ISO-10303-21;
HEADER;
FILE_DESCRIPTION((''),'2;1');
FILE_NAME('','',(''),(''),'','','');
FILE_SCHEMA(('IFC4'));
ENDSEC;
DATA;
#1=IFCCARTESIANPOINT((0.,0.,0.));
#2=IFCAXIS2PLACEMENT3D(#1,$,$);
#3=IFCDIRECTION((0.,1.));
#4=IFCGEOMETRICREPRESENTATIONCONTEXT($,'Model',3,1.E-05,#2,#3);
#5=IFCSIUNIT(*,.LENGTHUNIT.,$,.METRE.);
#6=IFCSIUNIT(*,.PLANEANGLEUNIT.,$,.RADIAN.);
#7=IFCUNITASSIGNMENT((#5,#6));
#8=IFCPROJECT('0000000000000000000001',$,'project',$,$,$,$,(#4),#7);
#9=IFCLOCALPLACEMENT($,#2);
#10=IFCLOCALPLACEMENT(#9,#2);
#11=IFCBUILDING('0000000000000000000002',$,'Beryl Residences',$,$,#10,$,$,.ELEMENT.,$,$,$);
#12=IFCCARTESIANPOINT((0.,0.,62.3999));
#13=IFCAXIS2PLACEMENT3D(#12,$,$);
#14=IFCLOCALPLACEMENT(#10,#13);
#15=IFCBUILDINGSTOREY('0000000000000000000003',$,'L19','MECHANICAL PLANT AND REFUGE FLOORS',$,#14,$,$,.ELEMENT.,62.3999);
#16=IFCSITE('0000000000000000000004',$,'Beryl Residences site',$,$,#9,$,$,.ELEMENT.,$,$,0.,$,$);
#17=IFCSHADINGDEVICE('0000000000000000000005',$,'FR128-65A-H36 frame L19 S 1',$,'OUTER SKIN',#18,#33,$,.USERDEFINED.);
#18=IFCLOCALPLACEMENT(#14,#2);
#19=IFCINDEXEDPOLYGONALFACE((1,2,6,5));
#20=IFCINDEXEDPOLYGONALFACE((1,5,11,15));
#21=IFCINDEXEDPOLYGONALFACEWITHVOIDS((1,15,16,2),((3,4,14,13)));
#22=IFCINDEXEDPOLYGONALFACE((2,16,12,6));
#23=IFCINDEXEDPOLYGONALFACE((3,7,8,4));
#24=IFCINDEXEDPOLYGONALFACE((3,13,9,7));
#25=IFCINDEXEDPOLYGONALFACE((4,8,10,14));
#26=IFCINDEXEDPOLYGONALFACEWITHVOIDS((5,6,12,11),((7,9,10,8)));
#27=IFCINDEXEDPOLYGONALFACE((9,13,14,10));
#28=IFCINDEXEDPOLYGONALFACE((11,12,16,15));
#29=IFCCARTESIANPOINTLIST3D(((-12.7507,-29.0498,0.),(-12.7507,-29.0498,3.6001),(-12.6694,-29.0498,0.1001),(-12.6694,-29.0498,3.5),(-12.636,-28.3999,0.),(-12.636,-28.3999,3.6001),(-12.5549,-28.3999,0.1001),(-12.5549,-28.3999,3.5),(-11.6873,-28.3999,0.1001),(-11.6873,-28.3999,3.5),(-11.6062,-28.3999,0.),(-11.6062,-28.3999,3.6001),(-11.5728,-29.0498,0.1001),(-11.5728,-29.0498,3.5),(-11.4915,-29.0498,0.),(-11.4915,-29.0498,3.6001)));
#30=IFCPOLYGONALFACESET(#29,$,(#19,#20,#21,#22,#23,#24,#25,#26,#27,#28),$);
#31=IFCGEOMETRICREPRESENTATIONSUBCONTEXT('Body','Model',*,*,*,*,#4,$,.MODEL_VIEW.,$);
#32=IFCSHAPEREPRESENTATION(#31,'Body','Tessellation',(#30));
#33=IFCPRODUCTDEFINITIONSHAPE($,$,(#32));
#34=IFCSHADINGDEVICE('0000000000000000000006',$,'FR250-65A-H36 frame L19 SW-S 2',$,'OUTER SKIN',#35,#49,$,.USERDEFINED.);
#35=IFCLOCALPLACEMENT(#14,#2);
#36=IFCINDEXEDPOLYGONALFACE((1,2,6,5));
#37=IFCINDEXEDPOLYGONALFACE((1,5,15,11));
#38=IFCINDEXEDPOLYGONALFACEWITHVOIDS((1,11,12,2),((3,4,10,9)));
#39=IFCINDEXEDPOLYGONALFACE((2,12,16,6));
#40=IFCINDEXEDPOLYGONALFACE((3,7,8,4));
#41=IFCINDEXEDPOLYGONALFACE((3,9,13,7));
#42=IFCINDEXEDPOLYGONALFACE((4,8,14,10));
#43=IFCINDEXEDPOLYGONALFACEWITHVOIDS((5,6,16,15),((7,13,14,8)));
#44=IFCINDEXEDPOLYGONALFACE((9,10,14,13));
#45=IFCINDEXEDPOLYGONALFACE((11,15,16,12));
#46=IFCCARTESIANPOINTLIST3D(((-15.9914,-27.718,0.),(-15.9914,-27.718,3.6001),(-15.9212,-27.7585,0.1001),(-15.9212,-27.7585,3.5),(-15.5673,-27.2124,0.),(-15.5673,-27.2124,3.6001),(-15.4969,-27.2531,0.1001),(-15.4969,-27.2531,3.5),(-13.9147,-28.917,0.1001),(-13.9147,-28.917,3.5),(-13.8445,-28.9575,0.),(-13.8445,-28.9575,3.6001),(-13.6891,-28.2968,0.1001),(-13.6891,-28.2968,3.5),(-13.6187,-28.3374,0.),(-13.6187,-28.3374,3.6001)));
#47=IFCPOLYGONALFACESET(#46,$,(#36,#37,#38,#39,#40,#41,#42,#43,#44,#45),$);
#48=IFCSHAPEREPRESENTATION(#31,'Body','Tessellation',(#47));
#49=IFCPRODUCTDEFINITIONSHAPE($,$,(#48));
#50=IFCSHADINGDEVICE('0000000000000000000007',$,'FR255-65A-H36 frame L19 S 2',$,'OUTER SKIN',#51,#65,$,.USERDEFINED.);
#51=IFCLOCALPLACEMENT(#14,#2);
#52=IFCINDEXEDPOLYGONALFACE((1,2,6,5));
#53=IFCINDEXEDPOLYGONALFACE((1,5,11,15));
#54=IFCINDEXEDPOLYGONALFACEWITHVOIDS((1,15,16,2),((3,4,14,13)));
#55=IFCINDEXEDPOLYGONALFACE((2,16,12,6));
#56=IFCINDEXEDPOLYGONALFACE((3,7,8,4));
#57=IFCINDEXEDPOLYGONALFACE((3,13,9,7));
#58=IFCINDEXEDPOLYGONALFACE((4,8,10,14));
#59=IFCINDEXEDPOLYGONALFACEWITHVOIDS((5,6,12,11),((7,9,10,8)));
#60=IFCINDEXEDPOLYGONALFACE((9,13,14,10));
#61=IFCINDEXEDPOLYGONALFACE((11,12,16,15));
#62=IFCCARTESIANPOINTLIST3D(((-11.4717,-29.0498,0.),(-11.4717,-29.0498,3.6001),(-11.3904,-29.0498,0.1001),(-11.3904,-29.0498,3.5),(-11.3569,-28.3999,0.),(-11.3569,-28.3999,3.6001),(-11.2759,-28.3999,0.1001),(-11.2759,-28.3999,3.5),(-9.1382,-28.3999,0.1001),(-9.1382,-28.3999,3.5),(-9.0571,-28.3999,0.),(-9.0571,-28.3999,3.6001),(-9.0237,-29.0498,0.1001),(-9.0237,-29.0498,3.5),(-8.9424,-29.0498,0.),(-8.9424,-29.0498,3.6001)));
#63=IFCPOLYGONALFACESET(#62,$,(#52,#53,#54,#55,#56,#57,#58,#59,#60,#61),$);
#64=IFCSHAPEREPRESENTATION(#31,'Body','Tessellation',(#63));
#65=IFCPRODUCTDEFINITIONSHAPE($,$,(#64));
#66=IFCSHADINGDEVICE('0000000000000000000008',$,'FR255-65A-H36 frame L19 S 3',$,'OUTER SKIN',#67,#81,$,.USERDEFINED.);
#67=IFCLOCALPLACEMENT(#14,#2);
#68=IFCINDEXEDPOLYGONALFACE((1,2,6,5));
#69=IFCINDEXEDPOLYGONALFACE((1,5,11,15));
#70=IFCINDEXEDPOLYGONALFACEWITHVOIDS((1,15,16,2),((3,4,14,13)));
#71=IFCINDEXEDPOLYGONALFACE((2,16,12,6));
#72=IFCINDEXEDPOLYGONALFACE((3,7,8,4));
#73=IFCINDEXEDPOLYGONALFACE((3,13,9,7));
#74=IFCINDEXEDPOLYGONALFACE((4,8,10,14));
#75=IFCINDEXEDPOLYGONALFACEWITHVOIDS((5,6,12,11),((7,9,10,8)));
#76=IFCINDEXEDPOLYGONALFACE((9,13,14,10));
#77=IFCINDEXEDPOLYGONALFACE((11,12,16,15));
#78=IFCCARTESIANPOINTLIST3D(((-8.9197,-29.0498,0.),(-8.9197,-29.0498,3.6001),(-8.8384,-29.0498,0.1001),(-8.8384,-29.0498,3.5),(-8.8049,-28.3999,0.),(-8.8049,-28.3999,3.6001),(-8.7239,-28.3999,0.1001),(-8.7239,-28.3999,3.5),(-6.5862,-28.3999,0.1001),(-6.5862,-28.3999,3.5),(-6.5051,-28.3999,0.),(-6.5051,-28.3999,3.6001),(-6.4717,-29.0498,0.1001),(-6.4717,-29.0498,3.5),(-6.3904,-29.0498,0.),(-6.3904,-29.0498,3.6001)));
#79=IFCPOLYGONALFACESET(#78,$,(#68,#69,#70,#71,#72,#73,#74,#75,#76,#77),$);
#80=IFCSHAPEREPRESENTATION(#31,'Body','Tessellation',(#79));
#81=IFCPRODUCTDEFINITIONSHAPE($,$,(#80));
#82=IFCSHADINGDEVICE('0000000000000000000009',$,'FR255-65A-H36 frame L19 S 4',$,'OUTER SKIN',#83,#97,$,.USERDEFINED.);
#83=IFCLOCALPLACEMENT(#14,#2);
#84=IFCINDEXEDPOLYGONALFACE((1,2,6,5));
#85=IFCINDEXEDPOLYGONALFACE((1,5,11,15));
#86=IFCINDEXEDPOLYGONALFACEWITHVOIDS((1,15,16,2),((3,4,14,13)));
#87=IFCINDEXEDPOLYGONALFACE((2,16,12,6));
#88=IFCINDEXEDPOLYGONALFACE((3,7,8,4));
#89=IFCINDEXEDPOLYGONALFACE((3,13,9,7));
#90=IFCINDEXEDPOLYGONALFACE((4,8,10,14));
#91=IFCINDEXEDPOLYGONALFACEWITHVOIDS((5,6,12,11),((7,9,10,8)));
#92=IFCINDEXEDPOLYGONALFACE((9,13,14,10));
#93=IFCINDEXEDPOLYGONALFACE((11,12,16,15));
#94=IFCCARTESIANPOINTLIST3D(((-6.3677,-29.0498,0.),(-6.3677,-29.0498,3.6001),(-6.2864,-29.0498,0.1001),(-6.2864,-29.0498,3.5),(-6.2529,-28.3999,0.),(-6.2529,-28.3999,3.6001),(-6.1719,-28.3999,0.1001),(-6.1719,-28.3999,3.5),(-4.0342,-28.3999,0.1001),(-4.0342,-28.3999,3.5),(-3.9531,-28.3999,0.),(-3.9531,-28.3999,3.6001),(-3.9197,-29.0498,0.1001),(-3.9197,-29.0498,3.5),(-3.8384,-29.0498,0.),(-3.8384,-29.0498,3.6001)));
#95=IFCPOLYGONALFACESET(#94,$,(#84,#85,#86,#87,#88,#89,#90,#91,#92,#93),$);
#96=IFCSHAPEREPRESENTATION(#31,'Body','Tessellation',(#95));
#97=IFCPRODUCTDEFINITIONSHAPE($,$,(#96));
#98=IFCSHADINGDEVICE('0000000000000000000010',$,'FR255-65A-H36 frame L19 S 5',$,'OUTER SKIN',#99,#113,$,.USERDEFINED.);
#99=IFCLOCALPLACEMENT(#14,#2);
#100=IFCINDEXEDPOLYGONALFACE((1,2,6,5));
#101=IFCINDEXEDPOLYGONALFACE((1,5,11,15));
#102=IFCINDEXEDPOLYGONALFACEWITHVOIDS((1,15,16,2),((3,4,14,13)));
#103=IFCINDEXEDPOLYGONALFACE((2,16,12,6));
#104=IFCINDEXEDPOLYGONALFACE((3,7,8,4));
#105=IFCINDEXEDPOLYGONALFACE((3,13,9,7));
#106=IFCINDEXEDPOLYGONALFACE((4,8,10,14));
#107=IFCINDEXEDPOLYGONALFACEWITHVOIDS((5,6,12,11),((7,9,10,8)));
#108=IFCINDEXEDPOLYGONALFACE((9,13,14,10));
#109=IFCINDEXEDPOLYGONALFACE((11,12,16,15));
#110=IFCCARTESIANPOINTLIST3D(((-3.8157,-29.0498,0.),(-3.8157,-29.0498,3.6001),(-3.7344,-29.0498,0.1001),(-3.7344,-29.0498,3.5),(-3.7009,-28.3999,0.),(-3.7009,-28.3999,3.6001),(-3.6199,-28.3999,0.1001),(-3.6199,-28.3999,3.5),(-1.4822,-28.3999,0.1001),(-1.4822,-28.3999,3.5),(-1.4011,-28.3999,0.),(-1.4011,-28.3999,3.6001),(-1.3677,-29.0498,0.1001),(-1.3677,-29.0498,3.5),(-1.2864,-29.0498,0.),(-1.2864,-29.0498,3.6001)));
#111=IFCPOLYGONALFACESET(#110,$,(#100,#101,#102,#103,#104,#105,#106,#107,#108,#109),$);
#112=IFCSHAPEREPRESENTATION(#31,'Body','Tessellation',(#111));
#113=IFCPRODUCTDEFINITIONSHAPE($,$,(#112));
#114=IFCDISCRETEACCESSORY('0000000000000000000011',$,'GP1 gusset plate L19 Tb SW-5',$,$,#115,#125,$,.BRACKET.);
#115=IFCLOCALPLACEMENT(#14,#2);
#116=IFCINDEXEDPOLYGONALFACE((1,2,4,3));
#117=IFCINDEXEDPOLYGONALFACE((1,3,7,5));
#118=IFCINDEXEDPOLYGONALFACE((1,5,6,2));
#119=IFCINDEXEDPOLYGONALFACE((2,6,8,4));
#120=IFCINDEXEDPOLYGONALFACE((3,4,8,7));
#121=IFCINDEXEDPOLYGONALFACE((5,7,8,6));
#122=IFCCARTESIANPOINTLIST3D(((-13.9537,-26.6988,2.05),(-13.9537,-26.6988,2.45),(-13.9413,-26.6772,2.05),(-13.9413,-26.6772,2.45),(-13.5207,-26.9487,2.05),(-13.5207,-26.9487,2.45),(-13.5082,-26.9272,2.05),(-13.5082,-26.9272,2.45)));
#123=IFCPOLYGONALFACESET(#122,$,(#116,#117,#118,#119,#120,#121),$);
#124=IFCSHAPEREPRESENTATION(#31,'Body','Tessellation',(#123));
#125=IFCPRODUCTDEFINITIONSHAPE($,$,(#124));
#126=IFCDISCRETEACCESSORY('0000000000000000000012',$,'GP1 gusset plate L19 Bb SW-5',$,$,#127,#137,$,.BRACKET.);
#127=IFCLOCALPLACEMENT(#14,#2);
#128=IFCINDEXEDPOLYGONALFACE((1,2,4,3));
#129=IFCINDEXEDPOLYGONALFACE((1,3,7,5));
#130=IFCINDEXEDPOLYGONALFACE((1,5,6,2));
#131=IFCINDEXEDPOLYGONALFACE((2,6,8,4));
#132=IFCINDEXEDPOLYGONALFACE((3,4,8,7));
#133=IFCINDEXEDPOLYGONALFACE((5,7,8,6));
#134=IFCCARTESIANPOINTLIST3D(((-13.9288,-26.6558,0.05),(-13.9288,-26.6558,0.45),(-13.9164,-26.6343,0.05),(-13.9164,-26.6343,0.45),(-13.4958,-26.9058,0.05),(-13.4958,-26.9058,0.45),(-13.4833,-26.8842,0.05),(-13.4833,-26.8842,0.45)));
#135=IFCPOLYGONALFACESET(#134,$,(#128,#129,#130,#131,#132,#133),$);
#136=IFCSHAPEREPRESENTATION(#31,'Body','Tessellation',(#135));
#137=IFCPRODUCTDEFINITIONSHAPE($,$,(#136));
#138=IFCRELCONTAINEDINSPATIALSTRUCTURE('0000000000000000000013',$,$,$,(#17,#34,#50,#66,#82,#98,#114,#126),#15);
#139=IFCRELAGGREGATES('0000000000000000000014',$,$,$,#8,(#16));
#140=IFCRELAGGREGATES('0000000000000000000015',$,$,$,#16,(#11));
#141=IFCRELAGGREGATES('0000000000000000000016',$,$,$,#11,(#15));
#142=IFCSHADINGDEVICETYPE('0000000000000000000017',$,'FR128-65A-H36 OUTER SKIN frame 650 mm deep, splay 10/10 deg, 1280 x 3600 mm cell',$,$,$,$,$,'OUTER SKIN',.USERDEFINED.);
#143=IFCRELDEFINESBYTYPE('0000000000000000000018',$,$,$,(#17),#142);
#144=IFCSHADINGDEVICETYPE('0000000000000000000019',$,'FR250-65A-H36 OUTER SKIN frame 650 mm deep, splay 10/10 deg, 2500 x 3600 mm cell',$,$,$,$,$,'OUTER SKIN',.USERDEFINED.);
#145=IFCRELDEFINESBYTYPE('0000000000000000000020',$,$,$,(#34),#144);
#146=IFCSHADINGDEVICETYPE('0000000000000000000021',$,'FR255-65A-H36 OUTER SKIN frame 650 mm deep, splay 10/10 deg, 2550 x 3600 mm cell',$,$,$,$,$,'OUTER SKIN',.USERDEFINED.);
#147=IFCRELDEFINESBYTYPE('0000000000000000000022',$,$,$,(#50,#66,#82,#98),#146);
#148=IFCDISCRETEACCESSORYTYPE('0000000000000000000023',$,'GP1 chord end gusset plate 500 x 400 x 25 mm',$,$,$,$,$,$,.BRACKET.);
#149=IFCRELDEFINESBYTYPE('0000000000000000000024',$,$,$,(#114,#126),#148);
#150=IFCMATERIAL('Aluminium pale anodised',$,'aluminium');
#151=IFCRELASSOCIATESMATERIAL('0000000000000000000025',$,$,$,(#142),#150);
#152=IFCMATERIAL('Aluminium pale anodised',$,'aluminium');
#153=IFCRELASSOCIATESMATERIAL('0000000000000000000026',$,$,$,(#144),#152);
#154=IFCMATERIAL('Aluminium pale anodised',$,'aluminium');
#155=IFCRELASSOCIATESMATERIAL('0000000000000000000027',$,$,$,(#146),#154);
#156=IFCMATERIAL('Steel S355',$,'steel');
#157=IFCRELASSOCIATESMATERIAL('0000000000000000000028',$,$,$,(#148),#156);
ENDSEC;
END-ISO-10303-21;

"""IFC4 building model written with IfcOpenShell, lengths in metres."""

from ifc_helpers import new_model, entity, si_unit, direction, frame, origin, origin_2d, place, context, subcontext, project, spatial, rectangle, extrude, source, transform, mapped, material, type_object, type_shapes, element, save


model = new_model("IFC4")

# Units and contexts
model_context = context("Model", 3, precision=1e-05, world=origin(), true_north=direction((0.0, 1.0)))
body_context = subcontext(model_context, "Body", "Model", "MODEL_VIEW")
ifc_project = project(units=[si_unit("LENGTHUNIT", "METRE"), si_unit("PLANEANGLEUNIT", "RADIAN")], contexts=[model_context])

# Site, building, storey
site_placement = place(None, origin())
site = spatial("IfcSite", under=ifc_project, at=site_placement, Name="Beryl Residences site", CompositionType="ELEMENT", RefElevation=0.0)
building_placement = place(site_placement, origin())
building = spatial("IfcBuilding", under=site, at=building_placement, Name="Beryl Residences", CompositionType="ELEMENT")
storey_placement = place(building_placement, frame((0.0, 0.0, 62.3999)))
storey = spatial("IfcBuildingStorey", under=building, at=storey_placement, Name="L19", Description="MECHANICAL PLANT AND REFUGE FLOORS", CompositionType="ELEMENT", Elevation=62.3999)

# Shading devices
ifc_material_1 = material(Name="Aluminium pale anodised", Category="aluminium")
shading_device_type_1 = type_object("IfcShadingDeviceType", Name="FR128-65A-H36 OUTER SKIN frame 650 mm deep, splay 10/10 deg, 1280 x 3600 mm cell", ElementType="OUTER SKIN", PredefinedType="USERDEFINED", material=ifc_material_1)
cartesian_point_1 = entity("IfcCartesianPoint", [-0.5149, 0.0])
cartesian_point_2 = entity("IfcCartesianPoint", [-0.4338, 0.1001])
cartesian_point_3 = entity("IfcCartesianPoint", [-0.6296, 0.0])
cartesian_point_4 = entity("IfcCartesianPoint", [-0.5483, 0.1001])
shared_shape_1 = source(origin(), body_context, "Body", "SweptSolid", [
    entity("IfcExtrudedAreaSolidTapered", entity("IfcArbitraryProfileDefWithVoids", "AREA", None, entity("IfcPolyline", [cartesian_point_1, entity("IfcCartesianPoint", [0.5149, 0.0]), entity("IfcCartesianPoint", [0.5149, 3.6001]), entity("IfcCartesianPoint", [-0.5149, 3.6001]), cartesian_point_1]), [entity("IfcPolyline", [cartesian_point_2, entity("IfcCartesianPoint", [0.4338, 0.1001]), entity("IfcCartesianPoint", [0.4338, 3.5]), entity("IfcCartesianPoint", [-0.4338, 3.5]), cartesian_point_2])]), entity("IfcAxis2Placement3D", entity("IfcCartesianPoint", [0.0, 0.0, 0.0]), entity("IfcDirection", [0.0, 1.0, 0.0]), entity("IfcDirection", [-1.0, 0.0, 0.0])), entity("IfcDirection", [0.0, 0.0, 1.0]), 0.6499, entity("IfcArbitraryProfileDefWithVoids", "AREA", None, entity("IfcPolyline", [cartesian_point_3, entity("IfcCartesianPoint", [0.6296, 0.0]), entity("IfcCartesianPoint", [0.6296, 3.6001]), entity("IfcCartesianPoint", [-0.6296, 3.6001]), cartesian_point_3]), [entity("IfcPolyline", [cartesian_point_4, entity("IfcCartesianPoint", [0.5483, 0.1001]), entity("IfcCartesianPoint", [0.5483, 3.5]), entity("IfcCartesianPoint", [-0.5483, 3.5]), cartesian_point_4])])),
])
type_shapes(shading_device_type_1, [shared_shape_1])
shading_device_1_placement = place(storey_placement, frame((-12.1211, -28.3999, 0.0), z_axis=(0.0, 0.0, 1.0), x_axis=(-1.0, 0.0, 0.0)))
element("IfcShadingDevice", 1, at=shading_device_1_placement, inside=storey, type_object=shading_device_type_1, Name="FR128-65A-H36 frame L19 S 1", ObjectType="OUTER SKIN", PredefinedType="USERDEFINED", context=body_context, shape_type="MappedRepresentation", body=[
    mapped(shared_shape_1, transform((0.0, 0.0, 0.0))),
])
ifc_material_2 = material(Name="Aluminium pale anodised", Category="aluminium")
shading_device_type_2 = type_object("IfcShadingDeviceType", Name="FR250-65A-H36 OUTER SKIN frame 650 mm deep, splay 10/10 deg, 2500 x 3600 mm cell", ElementType="OUTER SKIN", PredefinedType="USERDEFINED", material=ifc_material_2)
cartesian_point_5 = entity("IfcCartesianPoint", [-1.125, 0.0])
cartesian_point_6 = entity("IfcCartesianPoint", [-1.0437, 0.1001])
cartesian_point_7 = entity("IfcCartesianPoint", [-1.2395, 0.0])
cartesian_point_8 = entity("IfcCartesianPoint", [-1.1584, 0.1001])
shared_shape_2 = source(origin(), body_context, "Body", "SweptSolid", [
    entity("IfcExtrudedAreaSolidTapered", entity("IfcArbitraryProfileDefWithVoids", "AREA", None, entity("IfcPolyline", [cartesian_point_5, entity("IfcCartesianPoint", [1.125, 0.0]), entity("IfcCartesianPoint", [1.125, 3.6001]), entity("IfcCartesianPoint", [-1.125, 3.6001]), cartesian_point_5]), [entity("IfcPolyline", [cartesian_point_6, entity("IfcCartesianPoint", [1.0437, 0.1001]), entity("IfcCartesianPoint", [1.0437, 3.5]), entity("IfcCartesianPoint", [-1.0437, 3.5]), cartesian_point_6])]), entity("IfcAxis2Placement3D", entity("IfcCartesianPoint", [0.0, 0.0, 0.0]), entity("IfcDirection", [0.0, 1.0, 0.0]), entity("IfcDirection", [-1.0, 0.0, 0.0])), entity("IfcDirection", [0.0, 0.0, 1.0]), 0.6499, entity("IfcArbitraryProfileDefWithVoids", "AREA", None, entity("IfcPolyline", [cartesian_point_7, entity("IfcCartesianPoint", [1.2395, 0.0]), entity("IfcCartesianPoint", [1.2395, 3.6001]), entity("IfcCartesianPoint", [-1.2395, 3.6001]), cartesian_point_7]), [entity("IfcPolyline", [cartesian_point_8, entity("IfcCartesianPoint", [1.1584, 0.1001]), entity("IfcCartesianPoint", [1.1584, 3.5]), entity("IfcCartesianPoint", [-1.1584, 3.5]), cartesian_point_8])])),
])
type_shapes(shading_device_type_2, [shared_shape_2])
shading_device_2_placement = place(storey_placement, frame((-14.593, -27.7749, 0.0), z_axis=(0.0, 0.0, 1.0), x_axis=(-0.866025, 0.5, 0.0)))
element("IfcShadingDevice", 2, at=shading_device_2_placement, inside=storey, type_object=shading_device_type_2, Name="FR250-65A-H36 frame L19 SW-S 2", ObjectType="OUTER SKIN", PredefinedType="USERDEFINED", context=body_context, shape_type="MappedRepresentation", body=[
    mapped(shared_shape_2, transform((0.0, 0.0, 0.0))),
])
ifc_material_3 = material(Name="Aluminium pale anodised", Category="aluminium")
shading_device_type_3 = type_object("IfcShadingDeviceType", Name="FR255-65A-H36 OUTER SKIN frame 650 mm deep, splay 10/10 deg, 2550 x 3600 mm cell", ElementType="OUTER SKIN", PredefinedType="USERDEFINED", material=ifc_material_3)
cartesian_point_9 = entity("IfcCartesianPoint", [-1.1499, 0.0])
cartesian_point_10 = entity("IfcCartesianPoint", [-1.0688, 0.1001])
cartesian_point_11 = entity("IfcCartesianPoint", [-1.2646, 0.0])
cartesian_point_12 = entity("IfcCartesianPoint", [-1.1833, 0.1001])
shared_shape_3 = source(origin(), body_context, "Body", "SweptSolid", [
    entity("IfcExtrudedAreaSolidTapered", entity("IfcArbitraryProfileDefWithVoids", "AREA", None, entity("IfcPolyline", [cartesian_point_9, entity("IfcCartesianPoint", [1.1499, 0.0]), entity("IfcCartesianPoint", [1.1499, 3.6001]), entity("IfcCartesianPoint", [-1.1499, 3.6001]), cartesian_point_9]), [entity("IfcPolyline", [cartesian_point_10, entity("IfcCartesianPoint", [1.0688, 0.1001]), entity("IfcCartesianPoint", [1.0688, 3.5]), entity("IfcCartesianPoint", [-1.0688, 3.5]), cartesian_point_10])]), entity("IfcAxis2Placement3D", entity("IfcCartesianPoint", [0.0, 0.0, 0.0]), entity("IfcDirection", [0.0, 1.0, 0.0]), entity("IfcDirection", [-1.0, 0.0, 0.0])), entity("IfcDirection", [0.0, 0.0, 1.0]), 0.6499, entity("IfcArbitraryProfileDefWithVoids", "AREA", None, entity("IfcPolyline", [cartesian_point_11, entity("IfcCartesianPoint", [1.2646, 0.0]), entity("IfcCartesianPoint", [1.2646, 3.6001]), entity("IfcCartesianPoint", [-1.2646, 3.6001]), cartesian_point_11]), [entity("IfcPolyline", [cartesian_point_12, entity("IfcCartesianPoint", [1.1833, 0.1001]), entity("IfcCartesianPoint", [1.1833, 3.5]), entity("IfcCartesianPoint", [-1.1833, 3.5]), cartesian_point_12])])),
])
type_shapes(shading_device_type_3, [shared_shape_3])
for number, where, z_axis, x_axis, name in (
    (3, (-10.207, -28.3999, 0.0), (0.0, 0.0, 1.0), (-1.0, 0.0, 0.0), "FR255-65A-H36 frame L19 S 2"),
    (4, (-7.655, -28.3999, 0.0), (0.0, 0.0, 1.0), (-1.0, 0.0, 0.0), "FR255-65A-H36 frame L19 S 3"),
    (5, (-5.103, -28.3999, 0.0), (0.0, 0.0, 1.0), (-1.0, 0.0, 0.0), "FR255-65A-H36 frame L19 S 4"),
    (6, (-2.551, -28.3999, 0.0), (0.0, 0.0, 1.0), (-1.0, 0.0, 0.0), "FR255-65A-H36 frame L19 S 5"),
):
    element("IfcShadingDevice", number, at=place(storey_placement, frame(where, z_axis=z_axis, x_axis=x_axis)), inside=storey, type_object=shading_device_type_3, Name=name, ObjectType="OUTER SKIN", PredefinedType="USERDEFINED", context=body_context, shape_type="MappedRepresentation", body=[
        mapped(shared_shape_3, transform((0.0, 0.0, 0.0))),
    ])

# Discrete accessories
ifc_material_4 = material(Name="Steel S355", Category="steel")
discrete_accessory_type = type_object("IfcDiscreteAccessoryType", Name="GP1 chord end gusset plate 500 x 400 x 25 mm", PredefinedType="BRACKET", material=ifc_material_4)
for number, where, z_axis, x_axis, name in (
    (7, (-13.731, -26.813, 2.05), (0.0, 0.0, 1.0), (-0.866106, 0.499861, 0.0), "GP1 gusset plate L19 Tb SW-5"),
    (8, (-13.7061, -26.77, 0.05), (0.0, 0.0, 1.0), (-0.866106, 0.499861, 0.0), "GP1 gusset plate L19 Bb SW-5"),
):
    element("IfcDiscreteAccessory", number, at=place(storey_placement, frame(where, z_axis=z_axis, x_axis=x_axis)), inside=storey, type_object=discrete_accessory_type, Name=name, PredefinedType="BRACKET", context=body_context, shape_type="SweptSolid", body=[
        extrude(rectangle(XDim=0.5, YDim=0.0249, at=origin_2d()), origin(), (0.0, 0.0, 1.0), 0.3999),
    ])

save(model, "model.ifc")
